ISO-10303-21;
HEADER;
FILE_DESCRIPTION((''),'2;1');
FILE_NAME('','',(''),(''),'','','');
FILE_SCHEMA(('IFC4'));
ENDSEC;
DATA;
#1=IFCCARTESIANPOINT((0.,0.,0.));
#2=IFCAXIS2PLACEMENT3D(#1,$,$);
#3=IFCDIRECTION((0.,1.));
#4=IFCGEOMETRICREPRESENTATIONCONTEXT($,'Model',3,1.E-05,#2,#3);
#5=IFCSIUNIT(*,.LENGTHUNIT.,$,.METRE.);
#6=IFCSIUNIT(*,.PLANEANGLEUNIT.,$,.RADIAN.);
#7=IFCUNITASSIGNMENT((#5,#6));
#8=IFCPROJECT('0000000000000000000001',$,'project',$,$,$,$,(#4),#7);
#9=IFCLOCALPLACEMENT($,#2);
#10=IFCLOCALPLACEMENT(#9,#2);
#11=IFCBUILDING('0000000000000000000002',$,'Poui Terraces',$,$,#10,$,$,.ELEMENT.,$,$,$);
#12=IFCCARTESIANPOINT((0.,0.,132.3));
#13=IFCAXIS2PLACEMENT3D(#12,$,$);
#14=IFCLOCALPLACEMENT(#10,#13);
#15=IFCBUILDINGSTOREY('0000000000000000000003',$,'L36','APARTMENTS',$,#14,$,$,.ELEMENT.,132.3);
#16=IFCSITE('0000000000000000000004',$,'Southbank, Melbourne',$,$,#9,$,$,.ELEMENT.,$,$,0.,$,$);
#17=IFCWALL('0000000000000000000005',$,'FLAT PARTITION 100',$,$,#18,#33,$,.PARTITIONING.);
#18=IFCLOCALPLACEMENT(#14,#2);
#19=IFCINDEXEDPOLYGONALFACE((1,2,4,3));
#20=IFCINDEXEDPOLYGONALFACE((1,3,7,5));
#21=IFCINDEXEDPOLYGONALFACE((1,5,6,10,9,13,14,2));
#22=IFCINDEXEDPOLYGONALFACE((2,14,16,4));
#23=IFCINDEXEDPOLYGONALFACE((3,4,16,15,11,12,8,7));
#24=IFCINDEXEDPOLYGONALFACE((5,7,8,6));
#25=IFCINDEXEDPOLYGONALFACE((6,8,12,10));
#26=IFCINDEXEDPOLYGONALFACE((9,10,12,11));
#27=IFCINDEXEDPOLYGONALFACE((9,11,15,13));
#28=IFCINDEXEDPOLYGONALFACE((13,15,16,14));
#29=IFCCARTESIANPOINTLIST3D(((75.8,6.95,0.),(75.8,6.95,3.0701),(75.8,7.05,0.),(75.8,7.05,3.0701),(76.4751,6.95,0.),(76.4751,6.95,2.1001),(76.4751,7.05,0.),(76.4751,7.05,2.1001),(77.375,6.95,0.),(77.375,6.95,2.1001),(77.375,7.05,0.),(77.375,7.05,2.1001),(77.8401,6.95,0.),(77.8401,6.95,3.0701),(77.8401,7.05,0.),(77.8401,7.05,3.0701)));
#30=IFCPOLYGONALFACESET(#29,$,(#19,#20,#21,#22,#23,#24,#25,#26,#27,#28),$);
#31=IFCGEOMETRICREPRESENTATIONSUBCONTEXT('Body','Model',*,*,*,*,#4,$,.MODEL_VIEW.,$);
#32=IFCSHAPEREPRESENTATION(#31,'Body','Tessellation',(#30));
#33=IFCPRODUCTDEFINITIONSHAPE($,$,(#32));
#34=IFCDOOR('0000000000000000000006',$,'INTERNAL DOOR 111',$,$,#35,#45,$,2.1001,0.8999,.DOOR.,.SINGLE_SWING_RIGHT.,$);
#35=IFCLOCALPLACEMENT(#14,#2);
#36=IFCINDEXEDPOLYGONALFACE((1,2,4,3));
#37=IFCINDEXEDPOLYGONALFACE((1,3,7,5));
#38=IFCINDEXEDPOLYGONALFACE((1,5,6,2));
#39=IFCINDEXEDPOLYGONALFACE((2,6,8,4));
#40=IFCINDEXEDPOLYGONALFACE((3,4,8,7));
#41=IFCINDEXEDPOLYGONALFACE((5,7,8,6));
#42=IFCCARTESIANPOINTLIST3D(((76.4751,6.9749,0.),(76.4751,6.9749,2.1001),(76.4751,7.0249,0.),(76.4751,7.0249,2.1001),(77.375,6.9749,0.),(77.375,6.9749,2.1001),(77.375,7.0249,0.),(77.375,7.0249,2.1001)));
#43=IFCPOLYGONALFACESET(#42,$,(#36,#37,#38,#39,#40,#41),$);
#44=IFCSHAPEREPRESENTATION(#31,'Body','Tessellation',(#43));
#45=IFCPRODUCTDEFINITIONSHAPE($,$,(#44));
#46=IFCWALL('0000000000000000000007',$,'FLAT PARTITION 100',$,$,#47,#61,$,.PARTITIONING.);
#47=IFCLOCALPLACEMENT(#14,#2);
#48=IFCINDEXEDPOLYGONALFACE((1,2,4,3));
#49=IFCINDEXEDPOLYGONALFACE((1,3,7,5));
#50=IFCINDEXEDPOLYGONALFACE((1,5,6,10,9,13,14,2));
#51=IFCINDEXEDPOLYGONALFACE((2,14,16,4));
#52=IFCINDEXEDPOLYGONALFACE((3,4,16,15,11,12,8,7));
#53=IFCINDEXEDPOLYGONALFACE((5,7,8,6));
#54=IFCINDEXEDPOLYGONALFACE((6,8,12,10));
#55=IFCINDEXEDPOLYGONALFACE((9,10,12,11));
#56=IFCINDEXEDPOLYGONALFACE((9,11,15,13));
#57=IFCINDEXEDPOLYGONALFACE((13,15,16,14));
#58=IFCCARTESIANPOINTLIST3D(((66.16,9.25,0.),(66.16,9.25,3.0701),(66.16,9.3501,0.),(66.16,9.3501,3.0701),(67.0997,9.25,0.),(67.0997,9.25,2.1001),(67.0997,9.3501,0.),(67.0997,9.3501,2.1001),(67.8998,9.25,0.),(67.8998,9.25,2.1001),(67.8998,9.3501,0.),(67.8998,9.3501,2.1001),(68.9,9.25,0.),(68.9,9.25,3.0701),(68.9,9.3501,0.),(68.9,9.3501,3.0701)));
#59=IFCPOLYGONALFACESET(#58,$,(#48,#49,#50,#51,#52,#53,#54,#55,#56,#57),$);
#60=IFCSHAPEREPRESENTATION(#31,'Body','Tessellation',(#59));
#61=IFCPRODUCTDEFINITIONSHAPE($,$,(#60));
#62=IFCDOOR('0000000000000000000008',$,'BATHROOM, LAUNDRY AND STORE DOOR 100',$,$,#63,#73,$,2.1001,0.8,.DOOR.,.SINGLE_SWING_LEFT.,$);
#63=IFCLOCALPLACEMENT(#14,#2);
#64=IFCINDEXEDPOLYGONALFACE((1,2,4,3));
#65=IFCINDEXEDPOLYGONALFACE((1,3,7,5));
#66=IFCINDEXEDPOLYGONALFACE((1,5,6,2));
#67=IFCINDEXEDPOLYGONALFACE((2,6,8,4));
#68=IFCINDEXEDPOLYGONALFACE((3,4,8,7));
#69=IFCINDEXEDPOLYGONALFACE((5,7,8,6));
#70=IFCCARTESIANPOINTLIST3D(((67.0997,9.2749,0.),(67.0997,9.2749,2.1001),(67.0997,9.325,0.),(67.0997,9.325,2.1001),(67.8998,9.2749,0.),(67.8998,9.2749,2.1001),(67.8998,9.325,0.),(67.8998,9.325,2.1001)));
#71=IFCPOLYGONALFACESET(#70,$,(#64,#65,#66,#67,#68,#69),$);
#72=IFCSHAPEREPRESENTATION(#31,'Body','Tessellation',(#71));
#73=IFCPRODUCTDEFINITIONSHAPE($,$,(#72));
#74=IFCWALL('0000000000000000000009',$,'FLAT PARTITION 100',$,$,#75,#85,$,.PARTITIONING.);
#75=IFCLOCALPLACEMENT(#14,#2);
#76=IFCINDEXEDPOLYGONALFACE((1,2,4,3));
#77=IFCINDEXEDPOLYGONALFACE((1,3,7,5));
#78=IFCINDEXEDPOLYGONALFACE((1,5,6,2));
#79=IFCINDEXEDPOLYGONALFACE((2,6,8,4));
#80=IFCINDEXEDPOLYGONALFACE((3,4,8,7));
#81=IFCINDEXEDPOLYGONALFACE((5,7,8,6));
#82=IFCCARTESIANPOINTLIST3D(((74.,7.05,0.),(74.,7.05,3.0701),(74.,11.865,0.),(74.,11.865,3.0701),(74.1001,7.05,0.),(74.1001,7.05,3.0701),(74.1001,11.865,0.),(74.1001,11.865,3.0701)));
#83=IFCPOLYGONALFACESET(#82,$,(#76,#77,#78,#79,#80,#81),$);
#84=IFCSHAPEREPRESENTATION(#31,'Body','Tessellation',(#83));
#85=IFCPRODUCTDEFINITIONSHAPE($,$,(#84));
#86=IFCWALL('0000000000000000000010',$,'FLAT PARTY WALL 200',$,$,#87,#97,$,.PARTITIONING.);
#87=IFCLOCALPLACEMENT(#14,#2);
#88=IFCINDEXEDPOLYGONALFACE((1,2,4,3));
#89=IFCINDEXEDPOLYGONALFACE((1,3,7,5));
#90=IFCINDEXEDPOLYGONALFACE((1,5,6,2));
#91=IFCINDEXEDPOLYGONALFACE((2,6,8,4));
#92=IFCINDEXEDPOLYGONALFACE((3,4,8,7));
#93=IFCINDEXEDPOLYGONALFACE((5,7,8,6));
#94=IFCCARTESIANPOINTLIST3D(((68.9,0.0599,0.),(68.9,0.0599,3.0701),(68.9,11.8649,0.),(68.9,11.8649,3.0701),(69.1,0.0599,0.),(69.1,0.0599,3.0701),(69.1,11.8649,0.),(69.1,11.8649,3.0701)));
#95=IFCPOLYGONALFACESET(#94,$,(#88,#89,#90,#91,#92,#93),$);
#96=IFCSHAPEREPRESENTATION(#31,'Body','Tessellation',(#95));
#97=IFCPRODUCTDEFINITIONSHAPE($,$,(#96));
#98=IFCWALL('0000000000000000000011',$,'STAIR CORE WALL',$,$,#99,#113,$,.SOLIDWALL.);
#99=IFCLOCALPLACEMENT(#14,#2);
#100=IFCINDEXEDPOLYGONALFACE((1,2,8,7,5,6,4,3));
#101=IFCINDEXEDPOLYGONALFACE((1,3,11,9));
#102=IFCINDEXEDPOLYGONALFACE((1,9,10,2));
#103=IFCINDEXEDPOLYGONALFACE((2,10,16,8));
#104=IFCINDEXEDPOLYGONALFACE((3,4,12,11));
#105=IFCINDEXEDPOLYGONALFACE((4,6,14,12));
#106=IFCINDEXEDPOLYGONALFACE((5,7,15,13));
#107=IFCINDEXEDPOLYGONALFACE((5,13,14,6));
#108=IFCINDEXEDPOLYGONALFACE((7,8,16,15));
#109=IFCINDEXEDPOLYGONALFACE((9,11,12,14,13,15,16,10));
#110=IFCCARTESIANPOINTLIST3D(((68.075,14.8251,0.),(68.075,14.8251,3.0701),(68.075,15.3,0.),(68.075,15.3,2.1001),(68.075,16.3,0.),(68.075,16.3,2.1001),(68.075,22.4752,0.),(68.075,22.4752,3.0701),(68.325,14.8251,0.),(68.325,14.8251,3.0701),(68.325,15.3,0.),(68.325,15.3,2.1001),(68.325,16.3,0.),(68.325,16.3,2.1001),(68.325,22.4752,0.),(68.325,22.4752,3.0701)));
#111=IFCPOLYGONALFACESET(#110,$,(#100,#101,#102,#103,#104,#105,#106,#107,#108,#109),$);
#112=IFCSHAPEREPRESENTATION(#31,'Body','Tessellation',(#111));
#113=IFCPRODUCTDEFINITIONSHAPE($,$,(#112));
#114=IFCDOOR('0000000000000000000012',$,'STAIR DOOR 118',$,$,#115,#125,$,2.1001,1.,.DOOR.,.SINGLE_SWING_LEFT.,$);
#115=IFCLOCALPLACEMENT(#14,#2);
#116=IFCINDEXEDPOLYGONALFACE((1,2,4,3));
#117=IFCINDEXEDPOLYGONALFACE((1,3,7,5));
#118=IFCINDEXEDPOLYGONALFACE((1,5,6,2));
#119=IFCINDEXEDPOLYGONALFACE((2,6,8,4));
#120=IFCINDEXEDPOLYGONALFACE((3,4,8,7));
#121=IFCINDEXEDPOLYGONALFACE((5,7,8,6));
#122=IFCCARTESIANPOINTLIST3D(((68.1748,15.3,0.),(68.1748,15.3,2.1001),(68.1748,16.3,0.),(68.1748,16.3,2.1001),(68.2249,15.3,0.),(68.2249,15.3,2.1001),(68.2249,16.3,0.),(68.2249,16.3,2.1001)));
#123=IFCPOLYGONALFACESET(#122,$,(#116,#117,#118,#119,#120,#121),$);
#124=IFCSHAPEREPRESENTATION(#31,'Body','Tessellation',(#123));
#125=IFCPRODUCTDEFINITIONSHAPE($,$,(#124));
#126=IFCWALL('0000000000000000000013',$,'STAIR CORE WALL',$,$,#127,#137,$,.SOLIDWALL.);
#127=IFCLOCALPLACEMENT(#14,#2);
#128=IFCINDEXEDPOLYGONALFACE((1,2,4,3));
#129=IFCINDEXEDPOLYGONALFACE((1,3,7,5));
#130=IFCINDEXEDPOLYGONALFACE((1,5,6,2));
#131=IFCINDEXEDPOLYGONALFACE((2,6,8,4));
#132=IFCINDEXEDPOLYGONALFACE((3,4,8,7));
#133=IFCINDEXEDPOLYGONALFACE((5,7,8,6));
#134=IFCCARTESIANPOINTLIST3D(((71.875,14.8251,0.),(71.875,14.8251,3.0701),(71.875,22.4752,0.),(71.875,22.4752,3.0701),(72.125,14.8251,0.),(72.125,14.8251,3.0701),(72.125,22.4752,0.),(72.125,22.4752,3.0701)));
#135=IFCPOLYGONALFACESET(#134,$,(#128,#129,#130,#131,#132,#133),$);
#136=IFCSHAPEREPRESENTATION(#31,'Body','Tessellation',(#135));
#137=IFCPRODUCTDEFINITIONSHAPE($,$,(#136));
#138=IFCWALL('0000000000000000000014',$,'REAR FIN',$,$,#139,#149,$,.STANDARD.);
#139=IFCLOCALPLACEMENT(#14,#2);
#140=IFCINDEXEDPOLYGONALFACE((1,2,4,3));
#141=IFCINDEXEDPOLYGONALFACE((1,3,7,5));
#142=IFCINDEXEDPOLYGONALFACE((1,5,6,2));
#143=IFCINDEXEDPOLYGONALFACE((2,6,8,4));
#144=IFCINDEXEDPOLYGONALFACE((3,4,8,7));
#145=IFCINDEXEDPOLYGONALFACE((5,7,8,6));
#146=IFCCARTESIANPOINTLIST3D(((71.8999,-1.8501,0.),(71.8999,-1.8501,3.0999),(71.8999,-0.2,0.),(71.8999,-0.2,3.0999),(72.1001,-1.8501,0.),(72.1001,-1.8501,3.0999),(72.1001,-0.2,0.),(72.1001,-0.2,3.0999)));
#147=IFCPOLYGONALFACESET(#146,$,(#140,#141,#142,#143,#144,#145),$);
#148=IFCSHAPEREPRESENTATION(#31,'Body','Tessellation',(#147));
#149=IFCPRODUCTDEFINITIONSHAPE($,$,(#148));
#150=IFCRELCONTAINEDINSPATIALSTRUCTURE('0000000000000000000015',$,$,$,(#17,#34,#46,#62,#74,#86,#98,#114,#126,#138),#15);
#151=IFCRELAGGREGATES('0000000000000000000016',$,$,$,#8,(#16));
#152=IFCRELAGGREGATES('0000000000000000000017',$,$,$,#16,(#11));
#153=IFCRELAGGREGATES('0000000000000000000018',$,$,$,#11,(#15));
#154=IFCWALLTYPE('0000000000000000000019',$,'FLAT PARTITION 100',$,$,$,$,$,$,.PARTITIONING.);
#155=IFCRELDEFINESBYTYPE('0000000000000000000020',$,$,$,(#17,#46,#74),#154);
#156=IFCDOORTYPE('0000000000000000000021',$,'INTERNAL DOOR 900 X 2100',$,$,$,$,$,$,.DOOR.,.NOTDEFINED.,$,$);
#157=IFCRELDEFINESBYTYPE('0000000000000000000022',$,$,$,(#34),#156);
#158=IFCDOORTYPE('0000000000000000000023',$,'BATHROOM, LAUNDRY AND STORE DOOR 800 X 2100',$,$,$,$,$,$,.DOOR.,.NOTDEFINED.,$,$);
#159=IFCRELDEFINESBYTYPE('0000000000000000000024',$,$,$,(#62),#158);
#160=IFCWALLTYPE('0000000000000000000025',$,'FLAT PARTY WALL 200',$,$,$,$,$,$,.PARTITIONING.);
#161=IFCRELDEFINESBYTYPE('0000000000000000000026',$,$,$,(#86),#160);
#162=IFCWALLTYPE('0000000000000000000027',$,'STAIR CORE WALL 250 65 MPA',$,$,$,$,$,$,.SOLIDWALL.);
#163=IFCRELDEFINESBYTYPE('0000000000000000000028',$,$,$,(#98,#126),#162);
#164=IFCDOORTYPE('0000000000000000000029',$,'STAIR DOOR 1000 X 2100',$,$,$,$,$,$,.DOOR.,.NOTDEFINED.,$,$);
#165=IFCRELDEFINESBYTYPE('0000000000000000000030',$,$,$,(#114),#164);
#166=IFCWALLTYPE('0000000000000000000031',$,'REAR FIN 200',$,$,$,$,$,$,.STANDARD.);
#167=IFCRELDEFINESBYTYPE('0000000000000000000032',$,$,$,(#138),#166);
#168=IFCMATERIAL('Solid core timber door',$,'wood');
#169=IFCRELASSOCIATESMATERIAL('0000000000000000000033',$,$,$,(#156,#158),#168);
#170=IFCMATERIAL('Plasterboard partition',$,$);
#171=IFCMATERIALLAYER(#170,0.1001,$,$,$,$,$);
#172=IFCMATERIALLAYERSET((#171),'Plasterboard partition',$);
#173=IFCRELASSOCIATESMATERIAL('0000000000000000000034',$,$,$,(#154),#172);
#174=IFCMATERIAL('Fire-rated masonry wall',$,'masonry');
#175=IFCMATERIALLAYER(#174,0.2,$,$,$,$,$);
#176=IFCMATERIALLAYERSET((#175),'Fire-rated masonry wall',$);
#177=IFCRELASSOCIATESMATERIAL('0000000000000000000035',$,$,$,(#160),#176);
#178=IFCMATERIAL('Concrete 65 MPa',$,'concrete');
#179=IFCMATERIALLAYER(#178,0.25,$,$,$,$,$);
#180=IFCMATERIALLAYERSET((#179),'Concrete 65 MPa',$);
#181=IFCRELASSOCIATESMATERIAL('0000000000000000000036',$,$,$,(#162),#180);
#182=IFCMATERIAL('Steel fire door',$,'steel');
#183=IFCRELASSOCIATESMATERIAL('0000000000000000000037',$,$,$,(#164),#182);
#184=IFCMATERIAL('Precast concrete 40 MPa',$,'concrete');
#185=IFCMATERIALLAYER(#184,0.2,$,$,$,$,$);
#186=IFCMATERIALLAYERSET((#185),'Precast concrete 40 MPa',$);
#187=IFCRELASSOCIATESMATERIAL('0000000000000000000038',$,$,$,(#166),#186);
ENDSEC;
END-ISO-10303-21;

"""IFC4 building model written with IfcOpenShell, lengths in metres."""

from ifc_helpers import new_model, si_unit, direction, frame, frame_2d, origin, place, context, subcontext, project, spatial, polyline, rectangle, outline, extrude, source, transform, mapped, material, layer, layer_set, type_object, element, fill, save


model = new_model("IFC4")

# Units and contexts
model_context = context("Model", 3, precision=1e-05, world=origin(), true_north=direction((0.0, 1.0)))
body_context = subcontext(model_context, "Body", "Model", "MODEL_VIEW")
ifc_project = project(units=[si_unit("LENGTHUNIT", "METRE"), si_unit("PLANEANGLEUNIT", "RADIAN")], contexts=[model_context])

# Site, building, storey
site_placement = place(None, origin())
site = spatial("IfcSite", under=ifc_project, at=site_placement, Name="Southbank, Melbourne", CompositionType="ELEMENT", RefElevation=0.0)
building_placement = place(site_placement, origin())
building = spatial("IfcBuilding", under=site, at=building_placement, Name="Poui Terraces", CompositionType="ELEMENT")
storey_placement = place(building_placement, frame((0.0, 0.0, 132.3)))
storey = spatial("IfcBuildingStorey", under=building, at=storey_placement, Name="L36", Description="APARTMENTS", CompositionType="ELEMENT", Elevation=132.3)

# Shared definitions
ifc_material_1 = material(Name="Concrete 65 MPa", Category="concrete")

# Shared definitions
ifc_material_2 = material(Name="Precast concrete 40 MPa", Category="concrete")

# Walls, openings, doors
ifc_material_3 = material(Name="Steel fire door", Category="steel")
ifc_material_4 = material(Name="Solid core timber door", Category="wood")
door_type_1 = type_object("IfcDoorType", Name="INTERNAL DOOR 900 X 2100", OperationType="NOTDEFINED", PredefinedType="DOOR", material=ifc_material_4)
ifc_material_5 = material(Name="Plasterboard partition")
ifc_layer_1 = layer(ifc_material_5, 0.1001)
ifc_layer_set_1 = layer_set([ifc_layer_1], Name="Plasterboard partition")
wall_type_1 = type_object("IfcWallType", Name="FLAT PARTITION 100", PredefinedType="PARTITIONING", material=ifc_layer_set_1)
door_type_2 = type_object("IfcDoorType", Name="BATHROOM, LAUNDRY AND STORE DOOR 800 X 2100", OperationType="NOTDEFINED", PredefinedType="DOOR", material=ifc_material_4)
wall_1_placement = place(storey_placement, frame((75.8, 7.0, 0.0), z_axis=(0.0, 0.0, 1.0), x_axis=(1.0, 0.0, 0.0)))
wall_1 = element("IfcWall", 1, at=wall_1_placement, inside=storey, type_object=wall_type_1, Name="FLAT PARTITION 100", PredefinedType="PARTITIONING", context=body_context, shape_type="SweptSolid", body=[
    extrude(rectangle(XDim=2.04, YDim=0.1001, at=frame_2d((1.02, 0.0))), origin(), (0.0, 0.0, 1.0), 3.0701),
])
opening_1_placement = place(wall_1_placement, frame((0.675, 0.0, 0.0)))
opening_1 = element("IfcOpeningElement", 2, at=opening_1_placement, cuts=wall_1, PredefinedType="OPENING", context=body_context, shape_type="SweptSolid", body=[
    extrude(rectangle(XDim=0.8999, YDim=2.1001, at=frame_2d((0.45, 1.05))), frame((0.0, 0.0601, 0.0), z_axis=(0.0, -1.0, 0.0), x_axis=(1.0, 0.0, 0.0)), (0.0, 0.0, 1.0), 0.1201),
])
door_1_placement = place(opening_1_placement, origin())
door_1 = element("IfcDoor", 3, at=door_1_placement, inside=storey, type_object=door_type_1, Name="INTERNAL DOOR 111", OperationType="SINGLE_SWING_RIGHT", OverallHeight=2.1001, OverallWidth=0.8999, PredefinedType="DOOR", context=body_context, shape_type="SweptSolid", body=[
    extrude(rectangle(XDim=0.8999, YDim=2.1001, at=frame_2d((0.45, 1.05))), frame((0.0, 0.0249, 0.0), z_axis=(0.0, -1.0, 0.0), x_axis=(1.0, 0.0, 0.0)), (0.0, 0.0, 1.0), 0.05),
])
fill(opening_1, door_1)
wall_2_placement = place(storey_placement, frame((66.1599, 9.3, 0.0), z_axis=(0.0, 0.0, 1.0), x_axis=(1.0, 0.0, 0.0)))
wall_2 = element("IfcWall", 4, at=wall_2_placement, inside=storey, type_object=wall_type_1, Name="FLAT PARTITION 100", PredefinedType="PARTITIONING", context=body_context, shape_type="SweptSolid", body=[
    extrude(rectangle(XDim=2.74, YDim=0.1001, at=frame_2d((1.3701, 0.0))), origin(), (0.0, 0.0, 1.0), 3.0701),
])
opening_2_placement = place(wall_2_placement, frame((0.9399, 0.0, 0.0)))
opening_2 = element("IfcOpeningElement", 5, at=opening_2_placement, cuts=wall_2, PredefinedType="OPENING", context=body_context, shape_type="SweptSolid", body=[
    extrude(rectangle(XDim=0.8, YDim=2.1001, at=frame_2d((0.3999, 1.05))), frame((0.0, 0.0601, 0.0), z_axis=(0.0, -1.0, 0.0), x_axis=(1.0, 0.0, 0.0)), (0.0, 0.0, 1.0), 0.1201),
])
door_2_placement = place(opening_2_placement, origin())
door_2 = element("IfcDoor", 6, at=door_2_placement, inside=storey, type_object=door_type_2, Name="BATHROOM, LAUNDRY AND STORE DOOR 100", OperationType="SINGLE_SWING_LEFT", OverallHeight=2.1001, OverallWidth=0.8, PredefinedType="DOOR", context=body_context, shape_type="SweptSolid", body=[
    extrude(rectangle(XDim=0.8, YDim=2.1001, at=frame_2d((0.3999, 1.05))), frame((0.0, 0.0249, 0.0), z_axis=(0.0, -1.0, 0.0), x_axis=(1.0, 0.0, 0.0)), (0.0, 0.0, 1.0), 0.05),
])
fill(opening_2, door_2)

# Walls
wall_3_placement = place(storey_placement, frame((74.05, 7.05, 0.0), z_axis=(0.0, 0.0, 1.0), x_axis=(0.0, 1.0, 0.0)))
element("IfcWall", 7, at=wall_3_placement, inside=storey, type_object=wall_type_1, Name="FLAT PARTITION 100", PredefinedType="PARTITIONING", context=body_context, shape_type="SweptSolid", body=[
    extrude(rectangle(XDim=4.8149, YDim=0.1001, at=frame_2d((2.4075, 0.0))), origin(), (0.0, 0.0, 1.0), 3.0701),
])
ifc_material_6 = material(Name="Fire-rated masonry wall", Category="masonry")
ifc_layer_2 = layer(ifc_material_6, 0.2)
ifc_layer_set_2 = layer_set([ifc_layer_2], Name="Fire-rated masonry wall")
wall_type_2 = type_object("IfcWallType", Name="FLAT PARTY WALL 200", PredefinedType="PARTITIONING", material=ifc_layer_set_2)
wall_4_placement = place(storey_placement, frame((69.0, 0.0601, 0.0), z_axis=(0.0, 0.0, 1.0), x_axis=(0.0, 1.0, 0.0)))
element("IfcWall", 8, at=wall_4_placement, inside=storey, type_object=wall_type_2, Name="FLAT PARTY WALL 200", PredefinedType="PARTITIONING", context=body_context, shape_type="SweptSolid", body=[
    extrude(rectangle(XDim=11.8049, YDim=0.2, at=frame_2d((5.9023, 0.0))), origin(), (0.0, 0.0, 1.0), 3.0701),
])

# Wall, opening, door
ifc_layer_3 = layer(ifc_material_1, 0.25)
ifc_layer_set_3 = layer_set([ifc_layer_3], Name="Concrete 65 MPa")
wall_type_3 = type_object("IfcWallType", Name="STAIR CORE WALL 250 65 MPA", PredefinedType="SOLIDWALL", material=ifc_layer_set_3)
wall_5_placement = place(storey_placement, frame((68.2, 14.825, 0.0), z_axis=(0.0, 0.0, 1.0), x_axis=(0.0, 1.0, 0.0)))
wall_5 = element("IfcWall", 9, at=wall_5_placement, inside=storey, type_object=wall_type_3, Name="STAIR CORE WALL", PredefinedType="SOLIDWALL", context=body_context, shape_type="SweptSolid", body=[
    extrude(rectangle(XDim=7.6501, YDim=0.25, at=frame_2d((3.8252, 0.0))), origin(), (0.0, 0.0, 1.0), 3.0701),
])
opening_3_placement = place(wall_5_placement, frame((0.4751, 0.0, 0.0)))
opening_3 = element("IfcOpeningElement", 10, at=opening_3_placement, cuts=wall_5, PredefinedType="OPENING", context=body_context, shape_type="SweptSolid", body=[
    extrude(rectangle(XDim=1.0, YDim=2.1001, at=frame_2d((0.5, 1.05))), frame((0.0, 0.135, 0.0), z_axis=(0.0, -1.0, 0.0), x_axis=(1.0, 0.0, 0.0)), (0.0, 0.0, 1.0), 0.27),
])
door_type_3 = type_object("IfcDoorType", Name="STAIR DOOR 1000 X 2100", OperationType="NOTDEFINED", PredefinedType="DOOR", material=ifc_material_3)
door_3_placement = place(opening_3_placement, frame((1.0, 0.0, 0.0), z_axis=(0.0, 0.0, 1.0), x_axis=(-1.0, 0.0, 0.0)))
door_3 = element("IfcDoor", 11, at=door_3_placement, inside=storey, type_object=door_type_3, Name="STAIR DOOR 118", OperationType="SINGLE_SWING_LEFT", OverallHeight=2.1001, OverallWidth=1.0, PredefinedType="DOOR", context=body_context, shape_type="SweptSolid", body=[
    extrude(rectangle(XDim=1.0, YDim=2.1001, at=frame_2d((0.5, 1.05))), frame((0.0, 0.0249, 0.0), z_axis=(0.0, -1.0, 0.0), x_axis=(1.0, 0.0, 0.0)), (0.0, 0.0, 1.0), 0.05),
])
fill(opening_3, door_3)

# Walls
wall_6_placement = place(storey_placement, frame((72.0, 14.825, 0.0), z_axis=(0.0, 0.0, 1.0), x_axis=(0.0, 1.0, 0.0)))
element("IfcWall", 12, at=wall_6_placement, inside=storey, type_object=wall_type_3, Name="STAIR CORE WALL", PredefinedType="SOLIDWALL", context=body_context, shape_type="SweptSolid", body=[
    extrude(rectangle(XDim=7.6501, YDim=0.25, at=frame_2d((3.8252, 0.0))), origin(), (0.0, 0.0, 1.0), 3.0701),
])
ifc_layer_4 = layer(ifc_material_2, 0.2)
ifc_layer_set_4 = layer_set([ifc_layer_4], Name="Precast concrete 40 MPa")
wall_type_4 = type_object("IfcWallType", Name="REAR FIN 200", PredefinedType="STANDARD", material=ifc_layer_set_4)
shared_shape_1 = source(origin(), body_context, "Body", "SweptSolid", [
    extrude(outline(polyline([(0.0, 0.0), (0.2002, 0.0), (0.2002, 1.6501), (0.0, 1.6501), (0.0, 0.0)])), origin(), (0.0, 0.0, 1.0), 3.0999),
])
wall_7_placement = place(storey_placement, frame((71.8999, -1.8501, 0.0)))
element("IfcWall", 13, at=wall_7_placement, inside=storey, type_object=wall_type_4, Name="REAR FIN", PredefinedType="STANDARD", context=body_context, shape_type="MappedRepresentation", body=[
    mapped(shared_shape_1, transform((0.0, 0.0, 0.0))),
])

save(model, "model.ifc")
